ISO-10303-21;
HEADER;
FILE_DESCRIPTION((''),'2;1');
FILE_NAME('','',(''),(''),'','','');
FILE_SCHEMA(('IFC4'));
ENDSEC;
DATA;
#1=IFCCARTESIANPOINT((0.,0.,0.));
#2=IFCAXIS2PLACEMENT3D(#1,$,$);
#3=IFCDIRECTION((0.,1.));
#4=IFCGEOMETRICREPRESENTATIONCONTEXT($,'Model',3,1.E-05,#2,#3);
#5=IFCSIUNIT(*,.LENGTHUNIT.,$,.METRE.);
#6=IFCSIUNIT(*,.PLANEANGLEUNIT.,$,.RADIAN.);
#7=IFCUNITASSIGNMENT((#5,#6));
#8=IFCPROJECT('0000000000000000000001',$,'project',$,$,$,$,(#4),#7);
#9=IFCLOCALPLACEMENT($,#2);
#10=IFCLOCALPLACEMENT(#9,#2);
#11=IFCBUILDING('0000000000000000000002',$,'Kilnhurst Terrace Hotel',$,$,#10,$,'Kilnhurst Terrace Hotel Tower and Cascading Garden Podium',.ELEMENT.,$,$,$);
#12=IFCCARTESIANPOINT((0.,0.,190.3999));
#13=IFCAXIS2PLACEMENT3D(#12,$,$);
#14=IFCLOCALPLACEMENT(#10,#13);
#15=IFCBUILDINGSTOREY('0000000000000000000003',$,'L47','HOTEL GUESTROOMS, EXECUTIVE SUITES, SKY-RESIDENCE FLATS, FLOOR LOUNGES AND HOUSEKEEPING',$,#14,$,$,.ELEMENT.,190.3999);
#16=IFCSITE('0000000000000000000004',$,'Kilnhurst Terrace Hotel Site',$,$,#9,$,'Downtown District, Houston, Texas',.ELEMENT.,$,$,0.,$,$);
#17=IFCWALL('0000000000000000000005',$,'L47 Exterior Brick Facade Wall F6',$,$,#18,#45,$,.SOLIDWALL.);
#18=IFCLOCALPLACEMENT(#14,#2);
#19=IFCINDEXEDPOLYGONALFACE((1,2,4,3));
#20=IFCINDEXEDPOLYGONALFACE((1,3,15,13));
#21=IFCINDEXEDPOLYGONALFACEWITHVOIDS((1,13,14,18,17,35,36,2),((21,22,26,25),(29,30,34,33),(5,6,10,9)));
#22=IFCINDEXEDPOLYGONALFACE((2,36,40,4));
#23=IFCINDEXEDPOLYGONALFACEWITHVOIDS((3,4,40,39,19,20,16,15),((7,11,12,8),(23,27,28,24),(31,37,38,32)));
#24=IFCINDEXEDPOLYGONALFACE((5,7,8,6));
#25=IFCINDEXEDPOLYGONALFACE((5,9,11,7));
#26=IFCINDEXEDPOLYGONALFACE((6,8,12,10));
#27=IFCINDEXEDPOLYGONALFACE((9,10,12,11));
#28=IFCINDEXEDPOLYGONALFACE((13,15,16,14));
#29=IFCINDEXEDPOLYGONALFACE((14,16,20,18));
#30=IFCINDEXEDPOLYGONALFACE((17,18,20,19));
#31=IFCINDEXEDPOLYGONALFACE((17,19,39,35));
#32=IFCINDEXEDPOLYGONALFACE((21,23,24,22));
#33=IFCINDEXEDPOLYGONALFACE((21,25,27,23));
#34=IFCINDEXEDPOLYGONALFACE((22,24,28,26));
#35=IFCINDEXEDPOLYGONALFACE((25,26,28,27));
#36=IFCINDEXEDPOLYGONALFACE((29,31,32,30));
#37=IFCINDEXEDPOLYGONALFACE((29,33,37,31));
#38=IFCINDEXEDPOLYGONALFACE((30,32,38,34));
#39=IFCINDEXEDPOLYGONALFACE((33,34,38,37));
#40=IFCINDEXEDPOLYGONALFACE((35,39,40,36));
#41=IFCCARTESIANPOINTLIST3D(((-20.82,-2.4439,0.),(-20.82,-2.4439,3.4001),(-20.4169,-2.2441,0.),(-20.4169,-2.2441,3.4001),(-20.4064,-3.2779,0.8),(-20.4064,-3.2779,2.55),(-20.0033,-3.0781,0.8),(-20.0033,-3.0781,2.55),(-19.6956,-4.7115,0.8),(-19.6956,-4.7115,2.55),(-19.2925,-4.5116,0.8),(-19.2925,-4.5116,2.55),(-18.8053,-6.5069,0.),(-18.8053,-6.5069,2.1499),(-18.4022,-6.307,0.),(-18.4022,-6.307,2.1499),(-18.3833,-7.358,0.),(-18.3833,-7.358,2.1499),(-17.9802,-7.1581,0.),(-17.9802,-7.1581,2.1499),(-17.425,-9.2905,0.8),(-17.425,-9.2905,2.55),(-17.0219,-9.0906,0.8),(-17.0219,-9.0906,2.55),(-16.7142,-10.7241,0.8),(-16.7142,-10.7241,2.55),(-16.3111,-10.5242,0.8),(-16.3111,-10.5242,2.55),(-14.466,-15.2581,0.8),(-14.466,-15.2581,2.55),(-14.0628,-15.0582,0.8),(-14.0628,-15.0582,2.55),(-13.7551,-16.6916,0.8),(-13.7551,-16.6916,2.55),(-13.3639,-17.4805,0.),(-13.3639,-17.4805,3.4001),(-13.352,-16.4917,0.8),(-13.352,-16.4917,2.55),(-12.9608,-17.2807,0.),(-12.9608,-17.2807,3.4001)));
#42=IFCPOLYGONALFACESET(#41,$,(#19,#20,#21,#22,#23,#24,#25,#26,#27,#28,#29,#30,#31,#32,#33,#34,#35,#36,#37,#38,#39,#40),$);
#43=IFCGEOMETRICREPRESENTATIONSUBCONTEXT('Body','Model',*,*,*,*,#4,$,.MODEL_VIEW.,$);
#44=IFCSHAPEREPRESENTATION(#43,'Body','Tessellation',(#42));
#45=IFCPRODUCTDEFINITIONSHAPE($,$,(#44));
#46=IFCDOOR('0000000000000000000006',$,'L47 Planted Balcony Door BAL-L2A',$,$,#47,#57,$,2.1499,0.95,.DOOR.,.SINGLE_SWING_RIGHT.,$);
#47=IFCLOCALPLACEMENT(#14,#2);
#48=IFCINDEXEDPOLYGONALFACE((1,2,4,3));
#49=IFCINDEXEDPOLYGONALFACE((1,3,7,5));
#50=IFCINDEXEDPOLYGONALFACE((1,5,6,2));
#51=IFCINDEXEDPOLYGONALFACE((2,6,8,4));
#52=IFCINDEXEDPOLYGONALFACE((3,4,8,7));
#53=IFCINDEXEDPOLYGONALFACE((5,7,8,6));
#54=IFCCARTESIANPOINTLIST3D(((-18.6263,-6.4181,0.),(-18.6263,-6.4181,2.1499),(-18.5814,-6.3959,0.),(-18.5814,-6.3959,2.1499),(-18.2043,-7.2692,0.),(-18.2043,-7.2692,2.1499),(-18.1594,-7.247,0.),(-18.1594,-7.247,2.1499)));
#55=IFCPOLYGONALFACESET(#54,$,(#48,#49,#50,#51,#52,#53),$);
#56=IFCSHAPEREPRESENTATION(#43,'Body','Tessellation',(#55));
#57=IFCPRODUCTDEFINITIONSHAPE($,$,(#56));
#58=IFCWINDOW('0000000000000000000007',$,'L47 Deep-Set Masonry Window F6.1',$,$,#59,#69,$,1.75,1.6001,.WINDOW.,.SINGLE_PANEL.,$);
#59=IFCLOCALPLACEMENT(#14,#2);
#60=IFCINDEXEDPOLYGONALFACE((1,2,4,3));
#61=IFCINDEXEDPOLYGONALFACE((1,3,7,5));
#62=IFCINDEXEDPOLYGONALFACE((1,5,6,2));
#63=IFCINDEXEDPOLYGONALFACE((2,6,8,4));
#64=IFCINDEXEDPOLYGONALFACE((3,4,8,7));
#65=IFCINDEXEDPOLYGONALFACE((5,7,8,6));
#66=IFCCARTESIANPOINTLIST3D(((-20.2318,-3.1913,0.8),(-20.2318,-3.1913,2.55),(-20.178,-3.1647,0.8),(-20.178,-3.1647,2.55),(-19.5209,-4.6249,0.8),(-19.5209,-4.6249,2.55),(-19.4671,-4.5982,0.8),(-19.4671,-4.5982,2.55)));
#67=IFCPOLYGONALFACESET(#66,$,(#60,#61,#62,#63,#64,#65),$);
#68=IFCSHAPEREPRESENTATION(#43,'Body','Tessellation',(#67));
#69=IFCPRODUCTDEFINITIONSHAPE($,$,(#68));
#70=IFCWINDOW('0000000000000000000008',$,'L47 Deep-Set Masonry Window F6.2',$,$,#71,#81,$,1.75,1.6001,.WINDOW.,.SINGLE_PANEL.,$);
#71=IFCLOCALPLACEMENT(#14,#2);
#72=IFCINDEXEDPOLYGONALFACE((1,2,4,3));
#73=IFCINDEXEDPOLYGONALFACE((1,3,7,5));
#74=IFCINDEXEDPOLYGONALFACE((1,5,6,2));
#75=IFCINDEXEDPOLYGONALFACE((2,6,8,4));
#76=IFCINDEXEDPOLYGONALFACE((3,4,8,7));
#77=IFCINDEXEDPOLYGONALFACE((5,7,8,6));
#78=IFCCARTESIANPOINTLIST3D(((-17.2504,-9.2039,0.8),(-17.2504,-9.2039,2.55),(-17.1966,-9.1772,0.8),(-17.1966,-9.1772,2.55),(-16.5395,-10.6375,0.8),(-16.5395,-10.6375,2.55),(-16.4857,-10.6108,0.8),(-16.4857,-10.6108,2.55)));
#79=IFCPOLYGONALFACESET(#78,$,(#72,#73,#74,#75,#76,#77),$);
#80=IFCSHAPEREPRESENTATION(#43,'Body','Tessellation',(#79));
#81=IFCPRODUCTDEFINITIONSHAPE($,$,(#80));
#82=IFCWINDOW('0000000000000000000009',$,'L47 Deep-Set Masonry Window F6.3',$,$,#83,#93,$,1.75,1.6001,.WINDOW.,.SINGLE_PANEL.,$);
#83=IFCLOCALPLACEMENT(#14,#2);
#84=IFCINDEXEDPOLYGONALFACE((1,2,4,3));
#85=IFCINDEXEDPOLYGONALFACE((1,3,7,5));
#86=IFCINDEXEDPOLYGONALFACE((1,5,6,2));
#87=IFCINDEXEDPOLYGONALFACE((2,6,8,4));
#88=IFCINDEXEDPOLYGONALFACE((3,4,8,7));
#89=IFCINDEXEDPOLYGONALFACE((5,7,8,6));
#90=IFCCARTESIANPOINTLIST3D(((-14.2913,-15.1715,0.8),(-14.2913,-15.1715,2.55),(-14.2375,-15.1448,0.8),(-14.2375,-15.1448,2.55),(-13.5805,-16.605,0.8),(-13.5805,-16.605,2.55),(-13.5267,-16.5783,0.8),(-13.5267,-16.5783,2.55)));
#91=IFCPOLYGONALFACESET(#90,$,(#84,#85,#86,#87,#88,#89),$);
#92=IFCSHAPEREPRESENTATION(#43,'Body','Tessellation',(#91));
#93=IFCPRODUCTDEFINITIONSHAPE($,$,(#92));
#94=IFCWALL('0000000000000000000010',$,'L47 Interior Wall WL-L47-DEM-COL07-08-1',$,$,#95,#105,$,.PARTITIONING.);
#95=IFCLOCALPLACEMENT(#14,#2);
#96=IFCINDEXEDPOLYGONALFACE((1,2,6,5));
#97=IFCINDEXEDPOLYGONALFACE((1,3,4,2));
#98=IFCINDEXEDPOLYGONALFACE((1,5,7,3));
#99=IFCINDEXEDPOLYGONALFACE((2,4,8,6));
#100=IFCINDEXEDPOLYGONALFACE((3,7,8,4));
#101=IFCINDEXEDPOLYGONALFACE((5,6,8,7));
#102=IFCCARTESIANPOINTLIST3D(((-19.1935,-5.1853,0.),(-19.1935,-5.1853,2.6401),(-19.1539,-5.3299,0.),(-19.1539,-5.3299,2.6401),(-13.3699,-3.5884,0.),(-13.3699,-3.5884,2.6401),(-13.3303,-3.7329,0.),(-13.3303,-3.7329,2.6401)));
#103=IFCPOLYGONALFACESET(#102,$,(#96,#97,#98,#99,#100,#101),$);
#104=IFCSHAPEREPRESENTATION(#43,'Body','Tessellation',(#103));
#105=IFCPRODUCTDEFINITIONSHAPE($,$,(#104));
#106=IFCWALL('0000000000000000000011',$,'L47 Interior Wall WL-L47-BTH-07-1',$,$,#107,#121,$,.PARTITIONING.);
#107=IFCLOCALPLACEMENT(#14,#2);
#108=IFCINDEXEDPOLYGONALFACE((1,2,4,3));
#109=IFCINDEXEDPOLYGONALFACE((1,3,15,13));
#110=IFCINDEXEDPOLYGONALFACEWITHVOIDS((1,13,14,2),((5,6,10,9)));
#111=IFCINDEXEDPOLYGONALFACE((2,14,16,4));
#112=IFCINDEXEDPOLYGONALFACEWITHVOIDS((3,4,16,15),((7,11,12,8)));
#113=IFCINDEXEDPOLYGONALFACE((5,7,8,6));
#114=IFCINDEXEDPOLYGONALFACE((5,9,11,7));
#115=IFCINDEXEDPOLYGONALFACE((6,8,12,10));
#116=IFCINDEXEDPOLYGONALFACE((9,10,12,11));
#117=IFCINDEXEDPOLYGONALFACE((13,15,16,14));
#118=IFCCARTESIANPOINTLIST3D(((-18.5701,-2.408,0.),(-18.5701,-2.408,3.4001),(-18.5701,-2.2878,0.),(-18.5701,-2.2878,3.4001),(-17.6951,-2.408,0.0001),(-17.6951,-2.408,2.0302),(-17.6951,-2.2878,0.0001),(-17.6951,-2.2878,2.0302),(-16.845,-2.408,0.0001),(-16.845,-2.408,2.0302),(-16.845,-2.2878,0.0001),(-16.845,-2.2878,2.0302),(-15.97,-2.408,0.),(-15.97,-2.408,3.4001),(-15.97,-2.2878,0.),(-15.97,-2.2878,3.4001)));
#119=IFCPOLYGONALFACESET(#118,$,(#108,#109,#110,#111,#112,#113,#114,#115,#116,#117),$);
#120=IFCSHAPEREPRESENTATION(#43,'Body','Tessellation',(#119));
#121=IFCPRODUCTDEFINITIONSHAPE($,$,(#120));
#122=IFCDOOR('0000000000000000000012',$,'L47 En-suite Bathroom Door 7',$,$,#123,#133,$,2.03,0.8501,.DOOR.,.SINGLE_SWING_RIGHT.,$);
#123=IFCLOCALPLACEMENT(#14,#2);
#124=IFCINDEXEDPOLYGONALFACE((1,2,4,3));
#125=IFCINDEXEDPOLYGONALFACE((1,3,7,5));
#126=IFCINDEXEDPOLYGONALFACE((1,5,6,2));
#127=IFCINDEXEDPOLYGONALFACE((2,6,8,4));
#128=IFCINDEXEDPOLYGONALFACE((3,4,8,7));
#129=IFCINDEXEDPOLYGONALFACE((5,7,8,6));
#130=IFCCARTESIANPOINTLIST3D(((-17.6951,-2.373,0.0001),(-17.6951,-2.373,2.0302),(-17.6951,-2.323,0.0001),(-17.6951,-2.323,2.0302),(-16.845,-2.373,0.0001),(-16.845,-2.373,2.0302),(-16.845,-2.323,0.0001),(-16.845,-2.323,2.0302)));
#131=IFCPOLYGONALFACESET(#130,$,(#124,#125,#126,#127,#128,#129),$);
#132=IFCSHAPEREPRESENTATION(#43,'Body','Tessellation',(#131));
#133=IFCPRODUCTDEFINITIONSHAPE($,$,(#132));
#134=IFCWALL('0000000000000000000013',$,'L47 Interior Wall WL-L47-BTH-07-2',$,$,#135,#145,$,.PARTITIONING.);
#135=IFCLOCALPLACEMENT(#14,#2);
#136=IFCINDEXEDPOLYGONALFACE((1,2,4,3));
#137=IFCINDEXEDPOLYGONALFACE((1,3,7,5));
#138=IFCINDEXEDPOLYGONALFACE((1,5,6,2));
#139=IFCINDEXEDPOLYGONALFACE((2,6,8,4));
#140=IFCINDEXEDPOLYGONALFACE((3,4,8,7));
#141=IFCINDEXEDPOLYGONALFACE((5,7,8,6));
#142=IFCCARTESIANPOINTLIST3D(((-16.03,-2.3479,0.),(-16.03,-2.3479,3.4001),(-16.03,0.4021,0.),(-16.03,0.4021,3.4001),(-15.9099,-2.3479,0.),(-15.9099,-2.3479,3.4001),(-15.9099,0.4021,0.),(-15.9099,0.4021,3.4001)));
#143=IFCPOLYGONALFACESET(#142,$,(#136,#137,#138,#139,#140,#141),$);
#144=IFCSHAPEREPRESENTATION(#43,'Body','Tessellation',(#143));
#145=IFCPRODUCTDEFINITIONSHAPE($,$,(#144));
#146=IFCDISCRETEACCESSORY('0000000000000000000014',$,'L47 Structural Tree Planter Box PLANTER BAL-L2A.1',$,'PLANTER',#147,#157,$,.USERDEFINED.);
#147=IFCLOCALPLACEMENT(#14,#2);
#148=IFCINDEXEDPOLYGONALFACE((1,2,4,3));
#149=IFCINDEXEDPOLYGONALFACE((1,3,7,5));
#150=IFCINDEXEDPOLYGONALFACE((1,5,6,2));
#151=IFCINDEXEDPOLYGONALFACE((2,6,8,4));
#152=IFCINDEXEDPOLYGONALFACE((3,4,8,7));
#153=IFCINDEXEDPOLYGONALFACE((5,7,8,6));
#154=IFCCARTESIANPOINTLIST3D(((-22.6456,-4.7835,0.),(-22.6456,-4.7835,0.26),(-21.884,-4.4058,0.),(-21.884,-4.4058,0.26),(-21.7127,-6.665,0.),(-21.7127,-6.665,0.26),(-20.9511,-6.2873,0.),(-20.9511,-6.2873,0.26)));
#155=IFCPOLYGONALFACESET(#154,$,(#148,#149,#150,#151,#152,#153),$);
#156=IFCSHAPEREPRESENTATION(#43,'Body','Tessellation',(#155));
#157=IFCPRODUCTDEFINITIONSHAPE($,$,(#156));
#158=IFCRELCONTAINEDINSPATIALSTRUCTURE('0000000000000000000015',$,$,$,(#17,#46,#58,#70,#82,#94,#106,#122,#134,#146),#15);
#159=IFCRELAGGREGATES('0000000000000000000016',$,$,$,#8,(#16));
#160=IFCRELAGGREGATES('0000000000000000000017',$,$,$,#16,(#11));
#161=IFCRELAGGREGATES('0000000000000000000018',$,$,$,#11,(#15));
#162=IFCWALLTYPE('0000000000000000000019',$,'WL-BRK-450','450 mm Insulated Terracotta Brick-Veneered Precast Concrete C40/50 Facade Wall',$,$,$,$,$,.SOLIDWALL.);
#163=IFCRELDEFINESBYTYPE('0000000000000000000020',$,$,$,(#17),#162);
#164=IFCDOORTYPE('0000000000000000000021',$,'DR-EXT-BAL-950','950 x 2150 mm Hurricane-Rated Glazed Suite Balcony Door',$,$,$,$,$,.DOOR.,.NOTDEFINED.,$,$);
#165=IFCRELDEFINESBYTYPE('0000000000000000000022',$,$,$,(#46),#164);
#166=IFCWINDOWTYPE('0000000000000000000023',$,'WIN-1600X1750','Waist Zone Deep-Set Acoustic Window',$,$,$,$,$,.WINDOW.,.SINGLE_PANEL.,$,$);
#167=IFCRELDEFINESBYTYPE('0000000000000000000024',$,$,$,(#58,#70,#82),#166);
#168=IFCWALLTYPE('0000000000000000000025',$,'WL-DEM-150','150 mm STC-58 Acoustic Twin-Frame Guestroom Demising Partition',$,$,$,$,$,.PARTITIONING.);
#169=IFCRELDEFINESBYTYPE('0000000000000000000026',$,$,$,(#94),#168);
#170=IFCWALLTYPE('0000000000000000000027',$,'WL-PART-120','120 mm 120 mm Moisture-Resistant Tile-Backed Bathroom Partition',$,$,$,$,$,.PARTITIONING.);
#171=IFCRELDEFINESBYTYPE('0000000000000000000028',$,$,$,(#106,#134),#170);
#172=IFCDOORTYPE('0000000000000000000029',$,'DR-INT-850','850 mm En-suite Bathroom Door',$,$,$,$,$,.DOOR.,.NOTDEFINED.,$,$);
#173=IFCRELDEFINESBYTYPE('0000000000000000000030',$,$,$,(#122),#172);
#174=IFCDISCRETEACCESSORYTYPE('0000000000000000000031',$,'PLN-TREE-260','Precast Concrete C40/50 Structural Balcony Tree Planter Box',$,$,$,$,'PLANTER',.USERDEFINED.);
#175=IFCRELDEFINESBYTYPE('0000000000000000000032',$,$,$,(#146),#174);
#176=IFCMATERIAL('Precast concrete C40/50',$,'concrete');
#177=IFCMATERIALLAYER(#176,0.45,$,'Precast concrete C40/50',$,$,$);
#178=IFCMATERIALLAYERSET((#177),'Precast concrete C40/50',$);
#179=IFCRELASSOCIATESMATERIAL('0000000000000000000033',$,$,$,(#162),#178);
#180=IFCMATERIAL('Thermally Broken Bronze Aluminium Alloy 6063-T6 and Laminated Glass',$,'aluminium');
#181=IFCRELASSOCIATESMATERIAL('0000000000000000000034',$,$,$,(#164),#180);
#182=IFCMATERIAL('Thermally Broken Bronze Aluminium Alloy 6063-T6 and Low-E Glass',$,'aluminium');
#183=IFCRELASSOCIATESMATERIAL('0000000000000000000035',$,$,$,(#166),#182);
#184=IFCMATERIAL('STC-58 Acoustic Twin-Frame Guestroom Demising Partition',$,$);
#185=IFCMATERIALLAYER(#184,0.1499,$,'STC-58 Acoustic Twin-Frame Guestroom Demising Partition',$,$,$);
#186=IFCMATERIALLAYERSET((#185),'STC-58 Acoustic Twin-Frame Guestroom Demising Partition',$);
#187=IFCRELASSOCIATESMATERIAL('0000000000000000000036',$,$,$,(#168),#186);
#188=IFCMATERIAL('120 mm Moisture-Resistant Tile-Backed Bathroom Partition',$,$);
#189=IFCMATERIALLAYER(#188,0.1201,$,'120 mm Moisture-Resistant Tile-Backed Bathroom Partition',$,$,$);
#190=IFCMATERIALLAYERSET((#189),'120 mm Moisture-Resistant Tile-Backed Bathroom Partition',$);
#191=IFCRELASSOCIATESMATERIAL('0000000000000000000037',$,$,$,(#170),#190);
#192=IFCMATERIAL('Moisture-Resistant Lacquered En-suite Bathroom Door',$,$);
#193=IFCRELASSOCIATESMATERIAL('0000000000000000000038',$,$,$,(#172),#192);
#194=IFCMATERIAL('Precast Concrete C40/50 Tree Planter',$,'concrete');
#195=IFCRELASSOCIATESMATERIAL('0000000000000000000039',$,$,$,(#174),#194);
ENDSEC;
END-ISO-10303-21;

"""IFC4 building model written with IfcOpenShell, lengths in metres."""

from ifc_helpers import new_model, si_unit, direction, frame, frame_2d, origin, origin_2d, place, context, subcontext, project, spatial, rectangle, extrude, material, layer, layer_set, type_object, element, fill, save


model = new_model("IFC4")

# Units and contexts
model_context = context("Model", 3, precision=1e-05, world=origin(), true_north=direction((0.0, 1.0)))
body_context = subcontext(model_context, "Body", "Model", "MODEL_VIEW")
ifc_project = project(units=[si_unit("LENGTHUNIT", "METRE"), si_unit("PLANEANGLEUNIT", "RADIAN")], contexts=[model_context])

# Site, building, storey
site_placement = place(None, origin())
site = spatial("IfcSite", under=ifc_project, at=site_placement, Name="Kilnhurst Terrace Hotel Site", LongName="Downtown District, Houston, Texas", CompositionType="ELEMENT", RefElevation=0.0)
building_placement = place(site_placement, origin())
building = spatial("IfcBuilding", under=site, at=building_placement, Name="Kilnhurst Terrace Hotel", LongName="Kilnhurst Terrace Hotel Tower and Cascading Garden Podium", CompositionType="ELEMENT")
storey_placement = place(building_placement, frame((0.0, 0.0, 190.3999)))
storey = spatial("IfcBuildingStorey", under=building, at=storey_placement, Name="L47", Description="HOTEL GUESTROOMS, EXECUTIVE SUITES, SKY-RESIDENCE FLATS, FLOOR LOUNGES AND HOUSEKEEPING", CompositionType="ELEMENT", Elevation=190.3999)

# Shared definitions
ifc_material_1 = material(Name="Precast concrete C40/50", Category="concrete")
ifc_layer_1 = layer(ifc_material_1, 0.45, Name="Precast concrete C40/50")
ifc_layer_set_1 = layer_set([ifc_layer_1], Name="Precast concrete C40/50")
wall_type_1 = type_object("IfcWallType", Name="WL-BRK-450", Description="450 mm Insulated Terracotta Brick-Veneered Precast Concrete C40/50 Facade Wall", PredefinedType="SOLIDWALL", material=ifc_layer_set_1)

# Wall, openings, door, windows
wall_1_placement = place(storey_placement, frame((-20.6184, -2.344, 0.0), z_axis=(0.0, 0.0, 1.0), x_axis=(0.444244, -0.895906, 0.0)))
wall_1 = element("IfcWall", 1, at=wall_1_placement, inside=storey, type_object=wall_type_1, Name="L47 Exterior Brick Facade Wall F6", PredefinedType="SOLIDWALL", context=body_context, shape_type="SweptSolid", body=[
    extrude(rectangle(XDim=16.7837, YDim=0.45, at=frame_2d((8.3918, 0.0))), origin(), (0.0, 0.0, 1.0), 3.4001),
])
opening_1_placement = place(wall_1_placement, frame((4.5349, 0.0, 0.0)))
opening_1 = element("IfcOpeningElement", 2, at=opening_1_placement, cuts=wall_1, PredefinedType="OPENING", context=body_context, shape_type="SweptSolid", body=[
    extrude(rectangle(XDim=0.95, YDim=2.1499, at=frame_2d((0.4751, 1.075))), frame((0.0, 0.2349, 0.0), z_axis=(0.0, -1.0, 0.0), x_axis=(1.0, 0.0, 0.0)), (0.0, 0.0, 1.0), 0.47),
])
opening_2_placement = place(wall_1_placement, frame((0.9309, 0.0, 0.8)))
opening_2 = element("IfcOpeningElement", 3, at=opening_2_placement, cuts=wall_1, PredefinedType="OPENING", context=body_context, shape_type="SweptSolid", body=[
    extrude(rectangle(XDim=1.6001, YDim=1.75, at=frame_2d((0.8, 0.875))), frame((0.0, 0.2349, 0.0), z_axis=(0.0, -1.0, 0.0), x_axis=(1.0, 0.0, 0.0)), (0.0, 0.0, 1.0), 0.47),
])
opening_3_placement = place(wall_1_placement, frame((7.6421, 0.0, 0.8)))
opening_3 = element("IfcOpeningElement", 4, at=opening_3_placement, cuts=wall_1, PredefinedType="OPENING", context=body_context, shape_type="SweptSolid", body=[
    extrude(rectangle(XDim=1.6001, YDim=1.75, at=frame_2d((0.8, 0.875))), frame((0.0, 0.2349, 0.0), z_axis=(0.0, -1.0, 0.0), x_axis=(1.0, 0.0, 0.0)), (0.0, 0.0, 1.0), 0.47),
])
opening_4_placement = place(wall_1_placement, frame((14.303, 0.0, 0.8)))
opening_4 = element("IfcOpeningElement", 5, at=opening_4_placement, cuts=wall_1, PredefinedType="OPENING", context=body_context, shape_type="SweptSolid", body=[
    extrude(rectangle(XDim=1.6001, YDim=1.75, at=frame_2d((0.8, 0.875))), frame((0.0, 0.2349, 0.0), z_axis=(0.0, -1.0, 0.0), x_axis=(1.0, 0.0, 0.0)), (0.0, 0.0, 1.0), 0.47),
])
ifc_material_2 = material(Name="Thermally Broken Bronze Aluminium Alloy 6063-T6 and Laminated Glass", Category="aluminium")
door_type_1 = type_object("IfcDoorType", Name="DR-EXT-BAL-950", Description="950 x 2150 mm Hurricane-Rated Glazed Suite Balcony Door", OperationType="NOTDEFINED", PredefinedType="DOOR", material=ifc_material_2)
door_1_placement = place(opening_1_placement, origin())
door_1 = element("IfcDoor", 6, at=door_1_placement, inside=storey, type_object=door_type_1, Name="L47 Planted Balcony Door BAL-L2A", OperationType="SINGLE_SWING_RIGHT", OverallHeight=2.1499, OverallWidth=0.95, PredefinedType="DOOR", context=body_context, shape_type="SweptSolid", body=[
    extrude(rectangle(XDim=0.95, YDim=2.1499, at=frame_2d((0.4751, 1.075))), frame((0.0, 0.0249, 0.0), z_axis=(0.0, -1.0, 0.0), x_axis=(1.0, 0.0, 0.0)), (0.0, 0.0, 1.0), 0.05),
])
fill(opening_1, door_1)
ifc_material_3 = material(Name="Thermally Broken Bronze Aluminium Alloy 6063-T6 and Low-E Glass", Category="aluminium")
window_type = type_object("IfcWindowType", Name="WIN-1600X1750", Description="Waist Zone Deep-Set Acoustic Window", PartitioningType="SINGLE_PANEL", PredefinedType="WINDOW", material=ifc_material_3)
window_1_placement = place(opening_2_placement, origin())
window_1 = element("IfcWindow", 7, at=window_1_placement, inside=storey, type_object=window_type, Name="L47 Deep-Set Masonry Window F6.1", OverallHeight=1.75, OverallWidth=1.6001, PartitioningType="SINGLE_PANEL", PredefinedType="WINDOW", context=body_context, shape_type="SweptSolid", body=[
    extrude(rectangle(XDim=1.6001, YDim=1.75, at=frame_2d((0.8, 0.875))), frame((0.0, 0.03, 0.0), z_axis=(0.0, -1.0, 0.0), x_axis=(1.0, 0.0, 0.0)), (0.0, 0.0, 1.0), 0.0601),
])
fill(opening_2, window_1)
window_2_placement = place(opening_3_placement, origin())
window_2 = element("IfcWindow", 8, at=window_2_placement, inside=storey, type_object=window_type, Name="L47 Deep-Set Masonry Window F6.2", OverallHeight=1.75, OverallWidth=1.6001, PartitioningType="SINGLE_PANEL", PredefinedType="WINDOW", context=body_context, shape_type="SweptSolid", body=[
    extrude(rectangle(XDim=1.6001, YDim=1.75, at=frame_2d((0.8, 0.875))), frame((0.0, 0.03, 0.0), z_axis=(0.0, -1.0, 0.0), x_axis=(1.0, 0.0, 0.0)), (0.0, 0.0, 1.0), 0.0601),
])
fill(opening_3, window_2)
window_3_placement = place(opening_4_placement, origin())
window_3 = element("IfcWindow", 9, at=window_3_placement, inside=storey, type_object=window_type, Name="L47 Deep-Set Masonry Window F6.3", OverallHeight=1.75, OverallWidth=1.6001, PartitioningType="SINGLE_PANEL", PredefinedType="WINDOW", context=body_context, shape_type="SweptSolid", body=[
    extrude(rectangle(XDim=1.6001, YDim=1.75, at=frame_2d((0.8, 0.875))), frame((0.0, 0.03, 0.0), z_axis=(0.0, -1.0, 0.0), x_axis=(1.0, 0.0, 0.0)), (0.0, 0.0, 1.0), 0.0601),
])
fill(opening_4, window_3)

# Wall
ifc_material_4 = material(Name="STC-58 Acoustic Twin-Frame Guestroom Demising Partition")
ifc_layer_2 = layer(ifc_material_4, 0.1499, Name="STC-58 Acoustic Twin-Frame Guestroom Demising Partition")
ifc_layer_set_2 = layer_set([ifc_layer_2], Name="STC-58 Acoustic Twin-Frame Guestroom Demising Partition")
wall_type_2 = type_object("IfcWallType", Name="WL-DEM-150", Description="150 mm STC-58 Acoustic Twin-Frame Guestroom Demising Partition", PredefinedType="PARTITIONING", material=ifc_layer_set_2)
wall_2_placement = place(storey_placement, frame((-13.3501, -3.6606, 0.0), z_axis=(0.0, 0.0, 1.0), x_axis=(-0.964397, -0.264458, 0.0)))
element("IfcWall", 10, at=wall_2_placement, inside=storey, type_object=wall_type_2, Name="L47 Interior Wall WL-L47-DEM-COL07-08-1", PredefinedType="PARTITIONING", context=body_context, shape_type="SweptSolid", body=[
    extrude(rectangle(XDim=6.0386, YDim=0.1499, at=frame_2d((3.0193, 0.0))), origin(), (0.0, 0.0, 1.0), 2.6401),
])

# Wall, opening, door
ifc_material_5 = material(Name="120 mm Moisture-Resistant Tile-Backed Bathroom Partition")
ifc_layer_3 = layer(ifc_material_5, 0.1201, Name="120 mm Moisture-Resistant Tile-Backed Bathroom Partition")
ifc_layer_set_3 = layer_set([ifc_layer_3], Name="120 mm Moisture-Resistant Tile-Backed Bathroom Partition")
wall_type_3 = type_object("IfcWallType", Name="WL-PART-120", Description="120 mm 120 mm Moisture-Resistant Tile-Backed Bathroom Partition", PredefinedType="PARTITIONING", material=ifc_layer_set_3)
wall_3_placement = place(storey_placement, frame((-18.5701, -2.3479, 0.0), z_axis=(0.0, 0.0, 1.0), x_axis=(1.0, 0.0, 0.0)))
wall_3 = element("IfcWall", 11, at=wall_3_placement, inside=storey, type_object=wall_type_3, Name="L47 Interior Wall WL-L47-BTH-07-1", PredefinedType="PARTITIONING", context=body_context, shape_type="SweptSolid", body=[
    extrude(rectangle(XDim=2.6001, YDim=0.1201, at=frame_2d((1.3, 0.0))), origin(), (0.0, 0.0, 1.0), 3.4001),
])
opening_5_placement = place(wall_3_placement, frame((0.875, 0.0, 0.0)))
opening_5 = element("IfcOpeningElement", 12, at=opening_5_placement, cuts=wall_3, PredefinedType="OPENING", context=body_context, shape_type="SweptSolid", body=[
    extrude(rectangle(XDim=0.8501, YDim=2.03, at=frame_2d((0.425, 1.0151))), frame((0.0, 0.0701, 0.0), z_axis=(0.0, -1.0, 0.0), x_axis=(1.0, 0.0, 0.0)), (0.0, 0.0, 1.0), 0.1401),
])
ifc_material_6 = material(Name="Moisture-Resistant Lacquered En-suite Bathroom Door")
door_type_2 = type_object("IfcDoorType", Name="DR-INT-850", Description="850 mm En-suite Bathroom Door", OperationType="NOTDEFINED", PredefinedType="DOOR", material=ifc_material_6)
door_2_placement = place(opening_5_placement, origin())
door_2 = element("IfcDoor", 13, at=door_2_placement, inside=storey, type_object=door_type_2, Name="L47 En-suite Bathroom Door 7", OperationType="SINGLE_SWING_RIGHT", OverallHeight=2.03, OverallWidth=0.8501, PredefinedType="DOOR", context=body_context, shape_type="SweptSolid", body=[
    extrude(rectangle(XDim=0.8501, YDim=2.03, at=frame_2d((0.425, 1.0151))), frame((0.0, 0.0249, 0.0), z_axis=(0.0, -1.0, 0.0), x_axis=(1.0, 0.0, 0.0)), (0.0, 0.0, 1.0), 0.05),
])
fill(opening_5, door_2)

# Wall
wall_4_placement = place(storey_placement, frame((-15.97, -2.3479, 0.0), z_axis=(0.0, 0.0, 1.0), x_axis=(0.0, 1.0, 0.0)))
element("IfcWall", 14, at=wall_4_placement, inside=storey, type_object=wall_type_3, Name="L47 Interior Wall WL-L47-BTH-07-2", PredefinedType="PARTITIONING", context=body_context, shape_type="SweptSolid", body=[
    extrude(rectangle(XDim=2.75, YDim=0.1201, at=frame_2d((1.375, 0.0))), origin(), (0.0, 0.0, 1.0), 3.4001),
])

# Discrete accessory
ifc_material_7 = material(Name="Precast Concrete C40/50 Tree Planter", Category="concrete")
discrete_accessory_type = type_object("IfcDiscreteAccessoryType", Name="PLN-TREE-260", Description="Precast Concrete C40/50 Structural Balcony Tree Planter Box", ElementType="PLANTER", PredefinedType="USERDEFINED", material=ifc_material_7)
discrete_accessory_placement = place(storey_placement, frame((-21.7983, -5.5354, 0.0), z_axis=(0.0, 0.0, 1.0), x_axis=(0.444244, -0.895906, 0.0)))
element("IfcDiscreteAccessory", 15, at=discrete_accessory_placement, inside=storey, type_object=discrete_accessory_type, Name="L47 Structural Tree Planter Box PLANTER BAL-L2A.1", ObjectType="PLANTER", PredefinedType="USERDEFINED", context=body_context, shape_type="SweptSolid", body=[
    extrude(rectangle(XDim=2.1001, YDim=0.8501, at=origin_2d()), origin(), (0.0, 0.0, 1.0), 0.26),
])

save(model, "model.ifc")
